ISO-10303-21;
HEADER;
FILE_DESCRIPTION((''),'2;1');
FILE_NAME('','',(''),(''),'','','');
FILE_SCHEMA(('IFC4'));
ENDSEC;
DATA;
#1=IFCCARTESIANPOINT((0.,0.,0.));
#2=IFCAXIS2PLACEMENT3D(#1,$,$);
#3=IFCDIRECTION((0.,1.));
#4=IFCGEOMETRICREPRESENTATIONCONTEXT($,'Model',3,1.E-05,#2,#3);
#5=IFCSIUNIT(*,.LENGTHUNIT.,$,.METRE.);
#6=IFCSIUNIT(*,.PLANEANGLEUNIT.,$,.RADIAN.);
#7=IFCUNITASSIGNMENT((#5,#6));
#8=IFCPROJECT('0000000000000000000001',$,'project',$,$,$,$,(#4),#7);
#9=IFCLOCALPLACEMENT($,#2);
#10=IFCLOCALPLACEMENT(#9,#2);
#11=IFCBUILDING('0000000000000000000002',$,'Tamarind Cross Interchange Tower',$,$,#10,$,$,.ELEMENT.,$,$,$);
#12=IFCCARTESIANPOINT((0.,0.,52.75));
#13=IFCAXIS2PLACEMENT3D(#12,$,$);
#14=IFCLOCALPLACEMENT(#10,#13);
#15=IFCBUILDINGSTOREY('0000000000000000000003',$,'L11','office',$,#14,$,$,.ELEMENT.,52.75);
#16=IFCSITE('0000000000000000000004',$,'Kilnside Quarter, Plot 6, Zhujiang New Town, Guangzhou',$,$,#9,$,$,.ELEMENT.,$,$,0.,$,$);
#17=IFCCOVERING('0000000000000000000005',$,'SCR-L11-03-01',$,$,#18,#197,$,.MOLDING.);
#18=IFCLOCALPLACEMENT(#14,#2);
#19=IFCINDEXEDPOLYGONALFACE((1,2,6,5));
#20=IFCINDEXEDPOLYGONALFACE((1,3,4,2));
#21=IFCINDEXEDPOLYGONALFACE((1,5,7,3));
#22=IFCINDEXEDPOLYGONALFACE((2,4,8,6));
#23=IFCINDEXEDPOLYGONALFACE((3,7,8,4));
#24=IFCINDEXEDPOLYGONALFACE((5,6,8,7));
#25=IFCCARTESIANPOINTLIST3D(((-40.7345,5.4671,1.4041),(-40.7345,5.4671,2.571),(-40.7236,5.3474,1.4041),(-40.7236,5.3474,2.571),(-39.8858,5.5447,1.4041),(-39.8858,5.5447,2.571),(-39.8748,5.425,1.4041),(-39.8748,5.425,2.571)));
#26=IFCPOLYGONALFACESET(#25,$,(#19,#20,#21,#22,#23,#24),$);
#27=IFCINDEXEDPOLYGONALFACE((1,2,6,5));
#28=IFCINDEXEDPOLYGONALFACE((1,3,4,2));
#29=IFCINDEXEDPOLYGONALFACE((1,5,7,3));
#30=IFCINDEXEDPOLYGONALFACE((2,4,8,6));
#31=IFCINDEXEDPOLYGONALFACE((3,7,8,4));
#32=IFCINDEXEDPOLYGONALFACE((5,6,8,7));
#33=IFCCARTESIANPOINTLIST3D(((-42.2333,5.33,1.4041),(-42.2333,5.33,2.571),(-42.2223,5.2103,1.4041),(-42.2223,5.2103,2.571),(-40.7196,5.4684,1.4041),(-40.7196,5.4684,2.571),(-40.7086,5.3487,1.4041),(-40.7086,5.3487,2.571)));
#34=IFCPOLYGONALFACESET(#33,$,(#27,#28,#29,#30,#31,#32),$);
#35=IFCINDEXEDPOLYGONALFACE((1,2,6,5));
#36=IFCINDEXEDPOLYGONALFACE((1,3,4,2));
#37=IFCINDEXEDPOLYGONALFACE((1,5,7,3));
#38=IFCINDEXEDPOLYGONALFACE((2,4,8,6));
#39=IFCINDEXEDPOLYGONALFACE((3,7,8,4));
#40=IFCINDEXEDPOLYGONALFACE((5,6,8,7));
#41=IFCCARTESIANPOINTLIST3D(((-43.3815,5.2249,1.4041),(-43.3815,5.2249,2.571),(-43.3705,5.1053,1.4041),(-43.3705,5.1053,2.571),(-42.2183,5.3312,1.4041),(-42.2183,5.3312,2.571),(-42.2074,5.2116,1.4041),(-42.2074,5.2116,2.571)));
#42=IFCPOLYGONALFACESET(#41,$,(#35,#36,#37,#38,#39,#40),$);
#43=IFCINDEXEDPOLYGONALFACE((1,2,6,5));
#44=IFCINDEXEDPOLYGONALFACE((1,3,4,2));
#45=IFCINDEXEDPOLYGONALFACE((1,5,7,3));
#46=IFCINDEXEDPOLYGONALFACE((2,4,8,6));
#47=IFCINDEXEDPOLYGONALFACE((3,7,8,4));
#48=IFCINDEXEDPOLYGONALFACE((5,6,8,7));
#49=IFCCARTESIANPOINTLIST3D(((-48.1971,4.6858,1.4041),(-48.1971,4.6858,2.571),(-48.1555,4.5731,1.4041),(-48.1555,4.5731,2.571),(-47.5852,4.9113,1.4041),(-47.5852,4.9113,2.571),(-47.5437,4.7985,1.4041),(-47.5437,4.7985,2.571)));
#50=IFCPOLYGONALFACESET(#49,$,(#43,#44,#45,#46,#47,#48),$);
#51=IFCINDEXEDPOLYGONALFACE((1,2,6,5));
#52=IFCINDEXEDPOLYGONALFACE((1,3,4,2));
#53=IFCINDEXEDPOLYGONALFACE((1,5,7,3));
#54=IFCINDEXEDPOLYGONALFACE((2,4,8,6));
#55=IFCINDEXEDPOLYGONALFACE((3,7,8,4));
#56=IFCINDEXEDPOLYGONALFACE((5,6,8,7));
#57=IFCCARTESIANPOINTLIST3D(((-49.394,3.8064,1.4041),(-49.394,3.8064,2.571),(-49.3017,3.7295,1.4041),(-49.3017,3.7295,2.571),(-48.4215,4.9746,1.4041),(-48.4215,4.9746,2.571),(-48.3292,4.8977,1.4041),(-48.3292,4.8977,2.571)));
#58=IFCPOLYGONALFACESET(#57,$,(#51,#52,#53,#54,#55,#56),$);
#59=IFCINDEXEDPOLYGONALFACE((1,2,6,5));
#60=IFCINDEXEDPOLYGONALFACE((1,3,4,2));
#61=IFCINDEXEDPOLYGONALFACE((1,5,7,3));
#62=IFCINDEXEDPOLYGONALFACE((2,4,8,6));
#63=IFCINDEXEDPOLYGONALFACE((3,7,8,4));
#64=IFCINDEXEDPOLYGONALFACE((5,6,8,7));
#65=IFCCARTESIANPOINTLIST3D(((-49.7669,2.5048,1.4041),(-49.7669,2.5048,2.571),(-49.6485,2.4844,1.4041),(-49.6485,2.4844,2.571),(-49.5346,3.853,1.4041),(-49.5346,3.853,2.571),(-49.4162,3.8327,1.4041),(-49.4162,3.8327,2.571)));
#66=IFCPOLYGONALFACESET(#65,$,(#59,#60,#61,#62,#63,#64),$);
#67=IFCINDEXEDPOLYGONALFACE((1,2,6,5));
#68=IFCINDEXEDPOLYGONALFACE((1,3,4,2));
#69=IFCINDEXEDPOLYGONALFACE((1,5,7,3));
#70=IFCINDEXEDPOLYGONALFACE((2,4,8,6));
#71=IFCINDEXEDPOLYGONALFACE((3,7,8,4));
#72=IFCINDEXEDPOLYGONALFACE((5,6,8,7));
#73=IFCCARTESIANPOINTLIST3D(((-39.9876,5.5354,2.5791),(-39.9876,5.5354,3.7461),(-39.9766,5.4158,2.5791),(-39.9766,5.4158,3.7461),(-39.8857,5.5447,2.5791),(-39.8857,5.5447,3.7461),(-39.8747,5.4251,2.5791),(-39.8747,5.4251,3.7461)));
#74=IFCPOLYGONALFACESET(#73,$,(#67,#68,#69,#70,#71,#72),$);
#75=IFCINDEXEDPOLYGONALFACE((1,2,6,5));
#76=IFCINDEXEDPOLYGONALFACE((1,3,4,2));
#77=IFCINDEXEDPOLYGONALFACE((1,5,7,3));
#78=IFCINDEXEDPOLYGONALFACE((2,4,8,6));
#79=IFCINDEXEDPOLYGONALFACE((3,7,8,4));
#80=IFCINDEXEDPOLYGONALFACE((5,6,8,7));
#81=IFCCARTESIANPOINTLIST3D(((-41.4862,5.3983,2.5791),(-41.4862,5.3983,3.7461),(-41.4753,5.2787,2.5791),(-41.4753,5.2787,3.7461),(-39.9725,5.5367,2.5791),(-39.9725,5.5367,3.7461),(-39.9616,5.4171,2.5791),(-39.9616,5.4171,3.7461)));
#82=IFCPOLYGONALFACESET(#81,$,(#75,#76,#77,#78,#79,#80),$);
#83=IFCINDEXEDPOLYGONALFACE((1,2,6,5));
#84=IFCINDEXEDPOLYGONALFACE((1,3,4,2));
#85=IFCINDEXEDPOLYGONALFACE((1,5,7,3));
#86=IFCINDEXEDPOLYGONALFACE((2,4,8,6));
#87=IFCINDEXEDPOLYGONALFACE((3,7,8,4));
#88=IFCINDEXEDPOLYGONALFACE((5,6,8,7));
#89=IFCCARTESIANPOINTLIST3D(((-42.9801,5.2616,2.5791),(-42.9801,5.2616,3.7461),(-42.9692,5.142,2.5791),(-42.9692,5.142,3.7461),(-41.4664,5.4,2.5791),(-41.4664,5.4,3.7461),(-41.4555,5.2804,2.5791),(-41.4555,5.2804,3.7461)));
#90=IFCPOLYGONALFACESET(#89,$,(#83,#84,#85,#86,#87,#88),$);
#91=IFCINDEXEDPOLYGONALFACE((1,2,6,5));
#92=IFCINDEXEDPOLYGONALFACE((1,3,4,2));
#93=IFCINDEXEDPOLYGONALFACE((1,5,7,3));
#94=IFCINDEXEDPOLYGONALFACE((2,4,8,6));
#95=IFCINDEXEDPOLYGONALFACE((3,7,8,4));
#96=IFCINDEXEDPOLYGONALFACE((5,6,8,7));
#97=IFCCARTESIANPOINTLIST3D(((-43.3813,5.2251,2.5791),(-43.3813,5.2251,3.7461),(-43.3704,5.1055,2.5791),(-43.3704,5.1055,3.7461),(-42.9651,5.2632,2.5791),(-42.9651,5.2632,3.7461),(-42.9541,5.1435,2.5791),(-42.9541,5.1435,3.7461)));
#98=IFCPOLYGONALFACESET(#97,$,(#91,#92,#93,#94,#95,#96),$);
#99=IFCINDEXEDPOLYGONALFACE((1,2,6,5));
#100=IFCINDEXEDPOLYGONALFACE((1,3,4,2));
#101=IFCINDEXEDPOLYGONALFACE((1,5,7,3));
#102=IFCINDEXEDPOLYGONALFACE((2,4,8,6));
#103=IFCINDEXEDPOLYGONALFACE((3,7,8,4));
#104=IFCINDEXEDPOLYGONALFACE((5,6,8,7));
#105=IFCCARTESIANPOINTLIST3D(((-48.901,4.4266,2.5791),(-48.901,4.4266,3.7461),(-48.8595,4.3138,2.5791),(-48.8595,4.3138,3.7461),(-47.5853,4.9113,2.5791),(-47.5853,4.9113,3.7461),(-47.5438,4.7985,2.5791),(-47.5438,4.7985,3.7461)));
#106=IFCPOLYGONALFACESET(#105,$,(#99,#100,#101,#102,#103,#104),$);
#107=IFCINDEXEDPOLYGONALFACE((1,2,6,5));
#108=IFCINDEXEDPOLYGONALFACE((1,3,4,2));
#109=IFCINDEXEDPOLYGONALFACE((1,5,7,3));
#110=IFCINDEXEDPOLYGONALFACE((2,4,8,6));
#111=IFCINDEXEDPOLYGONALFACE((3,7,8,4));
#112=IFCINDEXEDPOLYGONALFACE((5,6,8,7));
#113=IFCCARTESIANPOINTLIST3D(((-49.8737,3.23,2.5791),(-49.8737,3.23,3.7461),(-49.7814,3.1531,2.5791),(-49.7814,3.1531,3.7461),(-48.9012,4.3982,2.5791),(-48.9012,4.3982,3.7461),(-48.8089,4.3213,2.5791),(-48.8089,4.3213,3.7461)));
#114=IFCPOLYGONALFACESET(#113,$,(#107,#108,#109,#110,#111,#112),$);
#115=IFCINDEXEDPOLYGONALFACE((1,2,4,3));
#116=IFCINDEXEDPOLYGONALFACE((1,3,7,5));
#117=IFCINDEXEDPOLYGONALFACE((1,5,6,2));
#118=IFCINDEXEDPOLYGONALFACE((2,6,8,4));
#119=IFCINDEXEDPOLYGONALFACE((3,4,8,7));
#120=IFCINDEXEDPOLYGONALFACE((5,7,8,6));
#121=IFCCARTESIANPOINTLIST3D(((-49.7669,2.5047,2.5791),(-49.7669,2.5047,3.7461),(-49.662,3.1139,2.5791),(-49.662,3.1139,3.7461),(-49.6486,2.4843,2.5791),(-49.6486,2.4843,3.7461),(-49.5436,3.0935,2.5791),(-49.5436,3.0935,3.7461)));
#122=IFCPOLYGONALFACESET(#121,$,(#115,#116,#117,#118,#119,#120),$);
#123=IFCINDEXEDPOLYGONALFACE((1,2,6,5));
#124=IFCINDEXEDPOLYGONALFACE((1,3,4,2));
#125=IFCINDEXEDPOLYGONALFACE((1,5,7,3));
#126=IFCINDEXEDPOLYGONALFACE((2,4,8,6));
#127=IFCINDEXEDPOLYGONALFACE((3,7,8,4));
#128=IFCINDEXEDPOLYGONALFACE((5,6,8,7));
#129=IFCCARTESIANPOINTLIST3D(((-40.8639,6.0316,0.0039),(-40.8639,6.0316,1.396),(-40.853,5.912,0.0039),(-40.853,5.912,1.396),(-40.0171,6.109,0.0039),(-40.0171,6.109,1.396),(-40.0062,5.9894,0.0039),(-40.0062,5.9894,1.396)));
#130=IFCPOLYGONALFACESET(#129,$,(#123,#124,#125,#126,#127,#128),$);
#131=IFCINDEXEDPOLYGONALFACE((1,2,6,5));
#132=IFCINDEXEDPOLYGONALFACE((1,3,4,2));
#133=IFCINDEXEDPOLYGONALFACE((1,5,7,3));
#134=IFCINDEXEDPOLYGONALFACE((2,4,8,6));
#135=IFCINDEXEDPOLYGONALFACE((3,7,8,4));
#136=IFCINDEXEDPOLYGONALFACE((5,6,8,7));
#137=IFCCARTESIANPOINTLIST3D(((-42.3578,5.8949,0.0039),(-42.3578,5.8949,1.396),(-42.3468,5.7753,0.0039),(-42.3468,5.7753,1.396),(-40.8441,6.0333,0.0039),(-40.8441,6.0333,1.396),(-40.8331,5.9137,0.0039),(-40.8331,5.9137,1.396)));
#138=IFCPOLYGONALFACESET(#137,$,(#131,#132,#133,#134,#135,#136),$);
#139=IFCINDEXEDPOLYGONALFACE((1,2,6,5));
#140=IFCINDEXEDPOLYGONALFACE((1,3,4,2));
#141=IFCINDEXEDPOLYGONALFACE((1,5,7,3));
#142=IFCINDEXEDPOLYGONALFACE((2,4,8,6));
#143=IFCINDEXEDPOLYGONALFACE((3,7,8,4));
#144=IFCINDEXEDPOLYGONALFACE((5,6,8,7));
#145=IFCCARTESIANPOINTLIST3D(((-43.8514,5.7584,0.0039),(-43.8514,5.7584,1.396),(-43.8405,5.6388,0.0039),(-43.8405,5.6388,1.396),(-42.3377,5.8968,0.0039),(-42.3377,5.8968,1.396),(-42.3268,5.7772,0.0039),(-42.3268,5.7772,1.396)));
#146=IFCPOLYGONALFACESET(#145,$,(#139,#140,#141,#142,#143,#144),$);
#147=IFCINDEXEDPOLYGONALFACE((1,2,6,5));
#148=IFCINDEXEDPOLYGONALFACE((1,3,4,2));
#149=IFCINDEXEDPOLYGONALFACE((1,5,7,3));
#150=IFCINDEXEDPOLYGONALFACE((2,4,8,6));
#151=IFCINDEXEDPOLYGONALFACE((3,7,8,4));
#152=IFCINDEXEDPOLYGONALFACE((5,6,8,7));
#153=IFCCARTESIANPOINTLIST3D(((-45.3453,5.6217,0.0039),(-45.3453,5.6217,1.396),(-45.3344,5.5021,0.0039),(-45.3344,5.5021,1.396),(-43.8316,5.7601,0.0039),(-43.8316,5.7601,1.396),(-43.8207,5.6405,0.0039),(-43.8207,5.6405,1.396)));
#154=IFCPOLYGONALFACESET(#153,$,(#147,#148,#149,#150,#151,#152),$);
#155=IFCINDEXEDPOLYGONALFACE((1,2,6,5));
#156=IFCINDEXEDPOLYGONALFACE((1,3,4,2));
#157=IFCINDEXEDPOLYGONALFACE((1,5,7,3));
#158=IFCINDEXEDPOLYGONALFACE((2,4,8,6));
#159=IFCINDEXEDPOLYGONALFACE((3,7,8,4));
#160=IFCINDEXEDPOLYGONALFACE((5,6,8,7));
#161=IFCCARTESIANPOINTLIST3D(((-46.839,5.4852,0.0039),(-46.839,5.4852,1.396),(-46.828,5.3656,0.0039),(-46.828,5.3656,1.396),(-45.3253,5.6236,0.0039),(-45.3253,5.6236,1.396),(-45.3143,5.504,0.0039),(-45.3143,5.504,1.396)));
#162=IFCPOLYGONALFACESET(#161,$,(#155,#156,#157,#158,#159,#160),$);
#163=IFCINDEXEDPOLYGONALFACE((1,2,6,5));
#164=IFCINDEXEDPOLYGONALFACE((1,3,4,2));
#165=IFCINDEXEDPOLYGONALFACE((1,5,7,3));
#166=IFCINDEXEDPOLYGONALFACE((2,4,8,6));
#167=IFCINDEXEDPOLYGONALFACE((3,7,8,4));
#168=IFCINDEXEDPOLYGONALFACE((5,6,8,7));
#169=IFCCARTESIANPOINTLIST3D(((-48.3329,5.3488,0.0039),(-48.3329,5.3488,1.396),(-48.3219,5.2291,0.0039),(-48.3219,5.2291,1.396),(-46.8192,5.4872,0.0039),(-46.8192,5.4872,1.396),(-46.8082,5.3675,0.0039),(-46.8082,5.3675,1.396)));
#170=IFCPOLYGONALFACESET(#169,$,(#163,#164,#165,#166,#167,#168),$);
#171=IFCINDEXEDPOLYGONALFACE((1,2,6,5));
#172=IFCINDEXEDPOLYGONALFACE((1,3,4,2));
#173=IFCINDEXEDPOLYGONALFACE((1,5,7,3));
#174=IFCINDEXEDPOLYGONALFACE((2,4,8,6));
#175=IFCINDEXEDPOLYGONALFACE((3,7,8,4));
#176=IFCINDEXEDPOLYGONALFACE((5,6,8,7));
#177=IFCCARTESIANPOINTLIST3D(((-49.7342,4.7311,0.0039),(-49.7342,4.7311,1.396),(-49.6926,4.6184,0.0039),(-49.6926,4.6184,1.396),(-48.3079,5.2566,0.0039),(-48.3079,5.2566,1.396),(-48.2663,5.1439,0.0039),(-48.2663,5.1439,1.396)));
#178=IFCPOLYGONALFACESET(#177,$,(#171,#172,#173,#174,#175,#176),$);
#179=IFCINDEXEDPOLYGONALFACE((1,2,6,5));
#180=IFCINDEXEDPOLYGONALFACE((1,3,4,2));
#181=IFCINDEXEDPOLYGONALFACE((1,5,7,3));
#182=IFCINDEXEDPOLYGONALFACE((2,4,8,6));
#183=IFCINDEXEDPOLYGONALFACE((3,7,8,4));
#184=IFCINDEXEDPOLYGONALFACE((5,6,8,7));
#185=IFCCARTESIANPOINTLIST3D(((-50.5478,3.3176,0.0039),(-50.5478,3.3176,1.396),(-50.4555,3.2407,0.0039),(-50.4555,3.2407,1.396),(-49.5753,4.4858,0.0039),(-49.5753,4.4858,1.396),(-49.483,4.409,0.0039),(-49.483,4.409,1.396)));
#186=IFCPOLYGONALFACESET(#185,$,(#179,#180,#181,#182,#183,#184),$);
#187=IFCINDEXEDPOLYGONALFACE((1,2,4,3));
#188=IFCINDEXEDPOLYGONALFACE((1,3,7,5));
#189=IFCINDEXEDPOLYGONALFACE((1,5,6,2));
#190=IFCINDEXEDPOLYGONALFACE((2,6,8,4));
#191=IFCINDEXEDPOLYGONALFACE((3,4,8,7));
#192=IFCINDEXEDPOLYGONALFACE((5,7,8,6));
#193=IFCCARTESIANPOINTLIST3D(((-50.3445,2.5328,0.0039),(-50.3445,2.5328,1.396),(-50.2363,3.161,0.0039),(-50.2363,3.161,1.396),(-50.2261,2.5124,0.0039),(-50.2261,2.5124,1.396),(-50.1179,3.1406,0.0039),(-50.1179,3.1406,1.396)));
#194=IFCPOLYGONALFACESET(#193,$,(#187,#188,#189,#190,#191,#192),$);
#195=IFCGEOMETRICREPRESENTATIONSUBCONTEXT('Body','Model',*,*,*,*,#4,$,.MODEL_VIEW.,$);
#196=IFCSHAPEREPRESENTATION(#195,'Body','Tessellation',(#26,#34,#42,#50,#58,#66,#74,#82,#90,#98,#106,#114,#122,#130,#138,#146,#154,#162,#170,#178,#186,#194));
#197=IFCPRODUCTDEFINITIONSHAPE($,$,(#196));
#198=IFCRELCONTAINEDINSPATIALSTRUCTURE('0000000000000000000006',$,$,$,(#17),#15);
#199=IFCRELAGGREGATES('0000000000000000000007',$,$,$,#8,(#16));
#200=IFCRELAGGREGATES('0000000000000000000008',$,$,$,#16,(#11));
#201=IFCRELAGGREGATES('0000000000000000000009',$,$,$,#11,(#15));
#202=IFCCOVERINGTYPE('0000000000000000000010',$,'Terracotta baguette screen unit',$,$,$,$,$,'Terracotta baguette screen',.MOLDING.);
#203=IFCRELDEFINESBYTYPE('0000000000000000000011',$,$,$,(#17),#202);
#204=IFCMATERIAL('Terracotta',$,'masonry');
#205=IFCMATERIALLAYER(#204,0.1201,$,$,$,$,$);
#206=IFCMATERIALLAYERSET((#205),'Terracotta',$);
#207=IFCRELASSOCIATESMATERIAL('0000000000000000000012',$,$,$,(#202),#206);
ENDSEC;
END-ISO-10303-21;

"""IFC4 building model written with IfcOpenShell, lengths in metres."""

from ifc_helpers import new_model, si_unit, direction, frame, origin, origin_2d, place, context, subcontext, project, spatial, rectangle, extrude, material, layer, layer_set, type_object, element, save


model = new_model("IFC4")

# Units and contexts
model_context = context("Model", 3, precision=1e-05, world=origin(), true_north=direction((0.0, 1.0)))
body_context = subcontext(model_context, "Body", "Model", "MODEL_VIEW")
ifc_project = project(units=[si_unit("LENGTHUNIT", "METRE"), si_unit("PLANEANGLEUNIT", "RADIAN")], contexts=[model_context])

# Site, building, storey
site_placement = place(None, origin())
site = spatial("IfcSite", under=ifc_project, at=site_placement, Name="Kilnside Quarter, Plot 6, Zhujiang New Town, Guangzhou", CompositionType="ELEMENT", RefElevation=0.0)
building_placement = place(site_placement, origin())
building = spatial("IfcBuilding", under=site, at=building_placement, Name="Tamarind Cross Interchange Tower", CompositionType="ELEMENT")
storey_placement = place(building_placement, frame((0.0, 0.0, 52.75)))
storey = spatial("IfcBuildingStorey", under=building, at=storey_placement, Name="L11", Description="office", CompositionType="ELEMENT", Elevation=52.75)

# Covering
ifc_material_1 = material(Name="Terracotta", Category="masonry")
ifc_layer_1 = layer(ifc_material_1, 0.1201)
ifc_layer_set_1 = layer_set([ifc_layer_1], Name="Terracotta")
covering_type = type_object("IfcCoveringType", Name="Terracotta baguette screen unit", ElementType="Terracotta baguette screen", PredefinedType="MOLDING", material=ifc_layer_set_1)
covering_1_placement = place(storey_placement, origin())
element("IfcCovering", 1, at=covering_1_placement, inside=storey, type_object=covering_type, Name="SCR-L11-03-01", PredefinedType="MOLDING", context=body_context, shape_type="SweptSolid", body=[
    extrude(rectangle(XDim=0.8523, YDim=0.1201, at=origin_2d()), frame((-40.3047, 5.446, 1.4041), z_axis=(0.0, 0.0, 1.0), x_axis=(-0.995846, -0.09105, 0.0)), (0.0, 0.0, 1.0), 1.167),
    extrude(rectangle(XDim=1.52, YDim=0.1201, at=origin_2d()), frame((-41.4709, 5.3394, 1.4041), z_axis=(0.0, 0.0, 1.0), x_axis=(-0.995846, -0.09105, 0.0)), (0.0, 0.0, 1.0), 1.167),
    extrude(rectangle(XDim=1.168, YDim=0.1201, at=origin_2d()), frame((-42.7944, 5.2183, 1.4041), z_axis=(0.0, 0.0, 1.0), x_axis=(-0.995846, -0.09105, 0.0)), (0.0, 0.0, 1.0), 1.167),
    extrude(rectangle(XDim=0.6521, YDim=0.1201, at=origin_2d()), frame((-47.8704, 4.7422, 1.4041), z_axis=(0.0, 0.0, 1.0), x_axis=(-0.938348, -0.345691, 0.0)), (0.0, 0.0, 1.0), 1.167),
    extrude(rectangle(XDim=1.52, YDim=0.1201, at=origin_2d()), frame((-48.8616, 4.3521, 1.4041), z_axis=(0.0, 0.0, 1.0), x_axis=(-0.639788, -0.768552, 0.0)), (0.0, 0.0, 1.0), 1.167),
    extrude(rectangle(XDim=1.3682, YDim=0.1201, at=origin_2d()), frame((-49.5916, 3.1687, 1.4041), z_axis=(0.0, 0.0, 1.0), x_axis=(-0.169797, -0.985479, 0.0)), (0.0, 0.0, 1.0), 1.167),
    extrude(rectangle(XDim=0.1023, YDim=0.1201, at=origin_2d()), frame((-39.9312, 5.4802, 2.5791), z_axis=(0.0, 0.0, 1.0), x_axis=(-0.995846, -0.09105, 0.0)), (0.0, 0.0, 1.0), 1.167),
    extrude(rectangle(XDim=1.52, YDim=0.1201, at=origin_2d()), frame((-40.7239, 5.4077, 2.5791), z_axis=(0.0, 0.0, 1.0), x_axis=(-0.995846, -0.09105, 0.0)), (0.0, 0.0, 1.0), 1.167),
    extrude(rectangle(XDim=1.52, YDim=0.1201, at=origin_2d()), frame((-42.2178, 5.271, 2.5791), z_axis=(0.0, 0.0, 1.0), x_axis=(-0.995846, -0.09105, 0.0)), (0.0, 0.0, 1.0), 1.167),
    extrude(rectangle(XDim=0.418, YDim=0.1201, at=origin_2d()), frame((-43.1677, 5.1843, 2.5791), z_axis=(0.0, 0.0, 1.0), x_axis=(-0.995846, -0.09105, 0.0)), (0.0, 0.0, 1.0), 1.167),
    extrude(rectangle(XDim=1.4021, YDim=0.1201, at=origin_2d()), frame((-48.2224, 4.6125, 2.5791), z_axis=(0.0, 0.0, 1.0), x_axis=(-0.938348, -0.345691, 0.0)), (0.0, 0.0, 1.0), 1.167),
    extrude(rectangle(XDim=1.52, YDim=0.1201, at=origin_2d()), frame((-49.3413, 3.7756, 2.5791), z_axis=(0.0, 0.0, 1.0), x_axis=(-0.639788, -0.768552, 0.0)), (0.0, 0.0, 1.0), 1.167),
    extrude(rectangle(XDim=0.6182, YDim=0.1201, at=origin_2d()), frame((-49.6553, 2.7991, 2.5791), z_axis=(0.0, 0.0, 1.0), x_axis=(-0.169797, -0.985479, 0.0)), (0.0, 0.0, 1.0), 1.167),
    extrude(rectangle(XDim=0.8503, YDim=0.1201, at=origin_2d()), frame((-40.4351, 6.0105, 0.0039), z_axis=(0.0, 0.0, 1.0), x_axis=(-0.995846, -0.09105, 0.0)), (0.0, 0.0, 1.0), 1.3921),
    extrude(rectangle(XDim=1.52, YDim=0.1201, at=origin_2d()), frame((-41.5955, 5.9043, 0.0039), z_axis=(0.0, 0.0, 1.0), x_axis=(-0.995846, -0.09105, 0.0)), (0.0, 0.0, 1.0), 1.3921),
    extrude(rectangle(XDim=1.52, YDim=0.1201, at=origin_2d()), frame((-43.0891, 5.7678, 0.0039), z_axis=(0.0, 0.0, 1.0), x_axis=(-0.995846, -0.09105, 0.0)), (0.0, 0.0, 1.0), 1.3921),
    extrude(rectangle(XDim=1.52, YDim=0.1201, at=origin_2d()), frame((-44.583, 5.6311, 0.0039), z_axis=(0.0, 0.0, 1.0), x_axis=(-0.995846, -0.09105, 0.0)), (0.0, 0.0, 1.0), 1.3921),
    extrude(rectangle(XDim=1.52, YDim=0.1201, at=origin_2d()), frame((-46.0767, 5.4946, 0.0039), z_axis=(0.0, 0.0, 1.0), x_axis=(-0.995846, -0.09105, 0.0)), (0.0, 0.0, 1.0), 1.3921),
    extrude(rectangle(XDim=1.52, YDim=0.1201, at=origin_2d()), frame((-47.5706, 5.3582, 0.0039), z_axis=(0.0, 0.0, 1.0), x_axis=(-0.995846, -0.09105, 0.0)), (0.0, 0.0, 1.0), 1.3921),
    extrude(rectangle(XDim=1.52, YDim=0.1201, at=origin_2d()), frame((-49.0002, 4.9375, 0.0039), z_axis=(0.0, 0.0, 1.0), x_axis=(-0.938348, -0.345691, 0.0)), (0.0, 0.0, 1.0), 1.3921),
    extrude(rectangle(XDim=1.52, YDim=0.1201, at=origin_2d()), frame((-50.0154, 3.8633, 0.0039), z_axis=(0.0, 0.0, 1.0), x_axis=(-0.639788, -0.768552, 0.0)), (0.0, 0.0, 1.0), 1.3921),
    extrude(rectangle(XDim=0.6375, YDim=0.1201, at=origin_2d()), frame((-50.2312, 2.8367, 0.0039), z_axis=(0.0, 0.0, 1.0), x_axis=(-0.169797, -0.985479, 0.0)), (0.0, 0.0, 1.0), 1.3921),
])

save(model, "model.ifc")
